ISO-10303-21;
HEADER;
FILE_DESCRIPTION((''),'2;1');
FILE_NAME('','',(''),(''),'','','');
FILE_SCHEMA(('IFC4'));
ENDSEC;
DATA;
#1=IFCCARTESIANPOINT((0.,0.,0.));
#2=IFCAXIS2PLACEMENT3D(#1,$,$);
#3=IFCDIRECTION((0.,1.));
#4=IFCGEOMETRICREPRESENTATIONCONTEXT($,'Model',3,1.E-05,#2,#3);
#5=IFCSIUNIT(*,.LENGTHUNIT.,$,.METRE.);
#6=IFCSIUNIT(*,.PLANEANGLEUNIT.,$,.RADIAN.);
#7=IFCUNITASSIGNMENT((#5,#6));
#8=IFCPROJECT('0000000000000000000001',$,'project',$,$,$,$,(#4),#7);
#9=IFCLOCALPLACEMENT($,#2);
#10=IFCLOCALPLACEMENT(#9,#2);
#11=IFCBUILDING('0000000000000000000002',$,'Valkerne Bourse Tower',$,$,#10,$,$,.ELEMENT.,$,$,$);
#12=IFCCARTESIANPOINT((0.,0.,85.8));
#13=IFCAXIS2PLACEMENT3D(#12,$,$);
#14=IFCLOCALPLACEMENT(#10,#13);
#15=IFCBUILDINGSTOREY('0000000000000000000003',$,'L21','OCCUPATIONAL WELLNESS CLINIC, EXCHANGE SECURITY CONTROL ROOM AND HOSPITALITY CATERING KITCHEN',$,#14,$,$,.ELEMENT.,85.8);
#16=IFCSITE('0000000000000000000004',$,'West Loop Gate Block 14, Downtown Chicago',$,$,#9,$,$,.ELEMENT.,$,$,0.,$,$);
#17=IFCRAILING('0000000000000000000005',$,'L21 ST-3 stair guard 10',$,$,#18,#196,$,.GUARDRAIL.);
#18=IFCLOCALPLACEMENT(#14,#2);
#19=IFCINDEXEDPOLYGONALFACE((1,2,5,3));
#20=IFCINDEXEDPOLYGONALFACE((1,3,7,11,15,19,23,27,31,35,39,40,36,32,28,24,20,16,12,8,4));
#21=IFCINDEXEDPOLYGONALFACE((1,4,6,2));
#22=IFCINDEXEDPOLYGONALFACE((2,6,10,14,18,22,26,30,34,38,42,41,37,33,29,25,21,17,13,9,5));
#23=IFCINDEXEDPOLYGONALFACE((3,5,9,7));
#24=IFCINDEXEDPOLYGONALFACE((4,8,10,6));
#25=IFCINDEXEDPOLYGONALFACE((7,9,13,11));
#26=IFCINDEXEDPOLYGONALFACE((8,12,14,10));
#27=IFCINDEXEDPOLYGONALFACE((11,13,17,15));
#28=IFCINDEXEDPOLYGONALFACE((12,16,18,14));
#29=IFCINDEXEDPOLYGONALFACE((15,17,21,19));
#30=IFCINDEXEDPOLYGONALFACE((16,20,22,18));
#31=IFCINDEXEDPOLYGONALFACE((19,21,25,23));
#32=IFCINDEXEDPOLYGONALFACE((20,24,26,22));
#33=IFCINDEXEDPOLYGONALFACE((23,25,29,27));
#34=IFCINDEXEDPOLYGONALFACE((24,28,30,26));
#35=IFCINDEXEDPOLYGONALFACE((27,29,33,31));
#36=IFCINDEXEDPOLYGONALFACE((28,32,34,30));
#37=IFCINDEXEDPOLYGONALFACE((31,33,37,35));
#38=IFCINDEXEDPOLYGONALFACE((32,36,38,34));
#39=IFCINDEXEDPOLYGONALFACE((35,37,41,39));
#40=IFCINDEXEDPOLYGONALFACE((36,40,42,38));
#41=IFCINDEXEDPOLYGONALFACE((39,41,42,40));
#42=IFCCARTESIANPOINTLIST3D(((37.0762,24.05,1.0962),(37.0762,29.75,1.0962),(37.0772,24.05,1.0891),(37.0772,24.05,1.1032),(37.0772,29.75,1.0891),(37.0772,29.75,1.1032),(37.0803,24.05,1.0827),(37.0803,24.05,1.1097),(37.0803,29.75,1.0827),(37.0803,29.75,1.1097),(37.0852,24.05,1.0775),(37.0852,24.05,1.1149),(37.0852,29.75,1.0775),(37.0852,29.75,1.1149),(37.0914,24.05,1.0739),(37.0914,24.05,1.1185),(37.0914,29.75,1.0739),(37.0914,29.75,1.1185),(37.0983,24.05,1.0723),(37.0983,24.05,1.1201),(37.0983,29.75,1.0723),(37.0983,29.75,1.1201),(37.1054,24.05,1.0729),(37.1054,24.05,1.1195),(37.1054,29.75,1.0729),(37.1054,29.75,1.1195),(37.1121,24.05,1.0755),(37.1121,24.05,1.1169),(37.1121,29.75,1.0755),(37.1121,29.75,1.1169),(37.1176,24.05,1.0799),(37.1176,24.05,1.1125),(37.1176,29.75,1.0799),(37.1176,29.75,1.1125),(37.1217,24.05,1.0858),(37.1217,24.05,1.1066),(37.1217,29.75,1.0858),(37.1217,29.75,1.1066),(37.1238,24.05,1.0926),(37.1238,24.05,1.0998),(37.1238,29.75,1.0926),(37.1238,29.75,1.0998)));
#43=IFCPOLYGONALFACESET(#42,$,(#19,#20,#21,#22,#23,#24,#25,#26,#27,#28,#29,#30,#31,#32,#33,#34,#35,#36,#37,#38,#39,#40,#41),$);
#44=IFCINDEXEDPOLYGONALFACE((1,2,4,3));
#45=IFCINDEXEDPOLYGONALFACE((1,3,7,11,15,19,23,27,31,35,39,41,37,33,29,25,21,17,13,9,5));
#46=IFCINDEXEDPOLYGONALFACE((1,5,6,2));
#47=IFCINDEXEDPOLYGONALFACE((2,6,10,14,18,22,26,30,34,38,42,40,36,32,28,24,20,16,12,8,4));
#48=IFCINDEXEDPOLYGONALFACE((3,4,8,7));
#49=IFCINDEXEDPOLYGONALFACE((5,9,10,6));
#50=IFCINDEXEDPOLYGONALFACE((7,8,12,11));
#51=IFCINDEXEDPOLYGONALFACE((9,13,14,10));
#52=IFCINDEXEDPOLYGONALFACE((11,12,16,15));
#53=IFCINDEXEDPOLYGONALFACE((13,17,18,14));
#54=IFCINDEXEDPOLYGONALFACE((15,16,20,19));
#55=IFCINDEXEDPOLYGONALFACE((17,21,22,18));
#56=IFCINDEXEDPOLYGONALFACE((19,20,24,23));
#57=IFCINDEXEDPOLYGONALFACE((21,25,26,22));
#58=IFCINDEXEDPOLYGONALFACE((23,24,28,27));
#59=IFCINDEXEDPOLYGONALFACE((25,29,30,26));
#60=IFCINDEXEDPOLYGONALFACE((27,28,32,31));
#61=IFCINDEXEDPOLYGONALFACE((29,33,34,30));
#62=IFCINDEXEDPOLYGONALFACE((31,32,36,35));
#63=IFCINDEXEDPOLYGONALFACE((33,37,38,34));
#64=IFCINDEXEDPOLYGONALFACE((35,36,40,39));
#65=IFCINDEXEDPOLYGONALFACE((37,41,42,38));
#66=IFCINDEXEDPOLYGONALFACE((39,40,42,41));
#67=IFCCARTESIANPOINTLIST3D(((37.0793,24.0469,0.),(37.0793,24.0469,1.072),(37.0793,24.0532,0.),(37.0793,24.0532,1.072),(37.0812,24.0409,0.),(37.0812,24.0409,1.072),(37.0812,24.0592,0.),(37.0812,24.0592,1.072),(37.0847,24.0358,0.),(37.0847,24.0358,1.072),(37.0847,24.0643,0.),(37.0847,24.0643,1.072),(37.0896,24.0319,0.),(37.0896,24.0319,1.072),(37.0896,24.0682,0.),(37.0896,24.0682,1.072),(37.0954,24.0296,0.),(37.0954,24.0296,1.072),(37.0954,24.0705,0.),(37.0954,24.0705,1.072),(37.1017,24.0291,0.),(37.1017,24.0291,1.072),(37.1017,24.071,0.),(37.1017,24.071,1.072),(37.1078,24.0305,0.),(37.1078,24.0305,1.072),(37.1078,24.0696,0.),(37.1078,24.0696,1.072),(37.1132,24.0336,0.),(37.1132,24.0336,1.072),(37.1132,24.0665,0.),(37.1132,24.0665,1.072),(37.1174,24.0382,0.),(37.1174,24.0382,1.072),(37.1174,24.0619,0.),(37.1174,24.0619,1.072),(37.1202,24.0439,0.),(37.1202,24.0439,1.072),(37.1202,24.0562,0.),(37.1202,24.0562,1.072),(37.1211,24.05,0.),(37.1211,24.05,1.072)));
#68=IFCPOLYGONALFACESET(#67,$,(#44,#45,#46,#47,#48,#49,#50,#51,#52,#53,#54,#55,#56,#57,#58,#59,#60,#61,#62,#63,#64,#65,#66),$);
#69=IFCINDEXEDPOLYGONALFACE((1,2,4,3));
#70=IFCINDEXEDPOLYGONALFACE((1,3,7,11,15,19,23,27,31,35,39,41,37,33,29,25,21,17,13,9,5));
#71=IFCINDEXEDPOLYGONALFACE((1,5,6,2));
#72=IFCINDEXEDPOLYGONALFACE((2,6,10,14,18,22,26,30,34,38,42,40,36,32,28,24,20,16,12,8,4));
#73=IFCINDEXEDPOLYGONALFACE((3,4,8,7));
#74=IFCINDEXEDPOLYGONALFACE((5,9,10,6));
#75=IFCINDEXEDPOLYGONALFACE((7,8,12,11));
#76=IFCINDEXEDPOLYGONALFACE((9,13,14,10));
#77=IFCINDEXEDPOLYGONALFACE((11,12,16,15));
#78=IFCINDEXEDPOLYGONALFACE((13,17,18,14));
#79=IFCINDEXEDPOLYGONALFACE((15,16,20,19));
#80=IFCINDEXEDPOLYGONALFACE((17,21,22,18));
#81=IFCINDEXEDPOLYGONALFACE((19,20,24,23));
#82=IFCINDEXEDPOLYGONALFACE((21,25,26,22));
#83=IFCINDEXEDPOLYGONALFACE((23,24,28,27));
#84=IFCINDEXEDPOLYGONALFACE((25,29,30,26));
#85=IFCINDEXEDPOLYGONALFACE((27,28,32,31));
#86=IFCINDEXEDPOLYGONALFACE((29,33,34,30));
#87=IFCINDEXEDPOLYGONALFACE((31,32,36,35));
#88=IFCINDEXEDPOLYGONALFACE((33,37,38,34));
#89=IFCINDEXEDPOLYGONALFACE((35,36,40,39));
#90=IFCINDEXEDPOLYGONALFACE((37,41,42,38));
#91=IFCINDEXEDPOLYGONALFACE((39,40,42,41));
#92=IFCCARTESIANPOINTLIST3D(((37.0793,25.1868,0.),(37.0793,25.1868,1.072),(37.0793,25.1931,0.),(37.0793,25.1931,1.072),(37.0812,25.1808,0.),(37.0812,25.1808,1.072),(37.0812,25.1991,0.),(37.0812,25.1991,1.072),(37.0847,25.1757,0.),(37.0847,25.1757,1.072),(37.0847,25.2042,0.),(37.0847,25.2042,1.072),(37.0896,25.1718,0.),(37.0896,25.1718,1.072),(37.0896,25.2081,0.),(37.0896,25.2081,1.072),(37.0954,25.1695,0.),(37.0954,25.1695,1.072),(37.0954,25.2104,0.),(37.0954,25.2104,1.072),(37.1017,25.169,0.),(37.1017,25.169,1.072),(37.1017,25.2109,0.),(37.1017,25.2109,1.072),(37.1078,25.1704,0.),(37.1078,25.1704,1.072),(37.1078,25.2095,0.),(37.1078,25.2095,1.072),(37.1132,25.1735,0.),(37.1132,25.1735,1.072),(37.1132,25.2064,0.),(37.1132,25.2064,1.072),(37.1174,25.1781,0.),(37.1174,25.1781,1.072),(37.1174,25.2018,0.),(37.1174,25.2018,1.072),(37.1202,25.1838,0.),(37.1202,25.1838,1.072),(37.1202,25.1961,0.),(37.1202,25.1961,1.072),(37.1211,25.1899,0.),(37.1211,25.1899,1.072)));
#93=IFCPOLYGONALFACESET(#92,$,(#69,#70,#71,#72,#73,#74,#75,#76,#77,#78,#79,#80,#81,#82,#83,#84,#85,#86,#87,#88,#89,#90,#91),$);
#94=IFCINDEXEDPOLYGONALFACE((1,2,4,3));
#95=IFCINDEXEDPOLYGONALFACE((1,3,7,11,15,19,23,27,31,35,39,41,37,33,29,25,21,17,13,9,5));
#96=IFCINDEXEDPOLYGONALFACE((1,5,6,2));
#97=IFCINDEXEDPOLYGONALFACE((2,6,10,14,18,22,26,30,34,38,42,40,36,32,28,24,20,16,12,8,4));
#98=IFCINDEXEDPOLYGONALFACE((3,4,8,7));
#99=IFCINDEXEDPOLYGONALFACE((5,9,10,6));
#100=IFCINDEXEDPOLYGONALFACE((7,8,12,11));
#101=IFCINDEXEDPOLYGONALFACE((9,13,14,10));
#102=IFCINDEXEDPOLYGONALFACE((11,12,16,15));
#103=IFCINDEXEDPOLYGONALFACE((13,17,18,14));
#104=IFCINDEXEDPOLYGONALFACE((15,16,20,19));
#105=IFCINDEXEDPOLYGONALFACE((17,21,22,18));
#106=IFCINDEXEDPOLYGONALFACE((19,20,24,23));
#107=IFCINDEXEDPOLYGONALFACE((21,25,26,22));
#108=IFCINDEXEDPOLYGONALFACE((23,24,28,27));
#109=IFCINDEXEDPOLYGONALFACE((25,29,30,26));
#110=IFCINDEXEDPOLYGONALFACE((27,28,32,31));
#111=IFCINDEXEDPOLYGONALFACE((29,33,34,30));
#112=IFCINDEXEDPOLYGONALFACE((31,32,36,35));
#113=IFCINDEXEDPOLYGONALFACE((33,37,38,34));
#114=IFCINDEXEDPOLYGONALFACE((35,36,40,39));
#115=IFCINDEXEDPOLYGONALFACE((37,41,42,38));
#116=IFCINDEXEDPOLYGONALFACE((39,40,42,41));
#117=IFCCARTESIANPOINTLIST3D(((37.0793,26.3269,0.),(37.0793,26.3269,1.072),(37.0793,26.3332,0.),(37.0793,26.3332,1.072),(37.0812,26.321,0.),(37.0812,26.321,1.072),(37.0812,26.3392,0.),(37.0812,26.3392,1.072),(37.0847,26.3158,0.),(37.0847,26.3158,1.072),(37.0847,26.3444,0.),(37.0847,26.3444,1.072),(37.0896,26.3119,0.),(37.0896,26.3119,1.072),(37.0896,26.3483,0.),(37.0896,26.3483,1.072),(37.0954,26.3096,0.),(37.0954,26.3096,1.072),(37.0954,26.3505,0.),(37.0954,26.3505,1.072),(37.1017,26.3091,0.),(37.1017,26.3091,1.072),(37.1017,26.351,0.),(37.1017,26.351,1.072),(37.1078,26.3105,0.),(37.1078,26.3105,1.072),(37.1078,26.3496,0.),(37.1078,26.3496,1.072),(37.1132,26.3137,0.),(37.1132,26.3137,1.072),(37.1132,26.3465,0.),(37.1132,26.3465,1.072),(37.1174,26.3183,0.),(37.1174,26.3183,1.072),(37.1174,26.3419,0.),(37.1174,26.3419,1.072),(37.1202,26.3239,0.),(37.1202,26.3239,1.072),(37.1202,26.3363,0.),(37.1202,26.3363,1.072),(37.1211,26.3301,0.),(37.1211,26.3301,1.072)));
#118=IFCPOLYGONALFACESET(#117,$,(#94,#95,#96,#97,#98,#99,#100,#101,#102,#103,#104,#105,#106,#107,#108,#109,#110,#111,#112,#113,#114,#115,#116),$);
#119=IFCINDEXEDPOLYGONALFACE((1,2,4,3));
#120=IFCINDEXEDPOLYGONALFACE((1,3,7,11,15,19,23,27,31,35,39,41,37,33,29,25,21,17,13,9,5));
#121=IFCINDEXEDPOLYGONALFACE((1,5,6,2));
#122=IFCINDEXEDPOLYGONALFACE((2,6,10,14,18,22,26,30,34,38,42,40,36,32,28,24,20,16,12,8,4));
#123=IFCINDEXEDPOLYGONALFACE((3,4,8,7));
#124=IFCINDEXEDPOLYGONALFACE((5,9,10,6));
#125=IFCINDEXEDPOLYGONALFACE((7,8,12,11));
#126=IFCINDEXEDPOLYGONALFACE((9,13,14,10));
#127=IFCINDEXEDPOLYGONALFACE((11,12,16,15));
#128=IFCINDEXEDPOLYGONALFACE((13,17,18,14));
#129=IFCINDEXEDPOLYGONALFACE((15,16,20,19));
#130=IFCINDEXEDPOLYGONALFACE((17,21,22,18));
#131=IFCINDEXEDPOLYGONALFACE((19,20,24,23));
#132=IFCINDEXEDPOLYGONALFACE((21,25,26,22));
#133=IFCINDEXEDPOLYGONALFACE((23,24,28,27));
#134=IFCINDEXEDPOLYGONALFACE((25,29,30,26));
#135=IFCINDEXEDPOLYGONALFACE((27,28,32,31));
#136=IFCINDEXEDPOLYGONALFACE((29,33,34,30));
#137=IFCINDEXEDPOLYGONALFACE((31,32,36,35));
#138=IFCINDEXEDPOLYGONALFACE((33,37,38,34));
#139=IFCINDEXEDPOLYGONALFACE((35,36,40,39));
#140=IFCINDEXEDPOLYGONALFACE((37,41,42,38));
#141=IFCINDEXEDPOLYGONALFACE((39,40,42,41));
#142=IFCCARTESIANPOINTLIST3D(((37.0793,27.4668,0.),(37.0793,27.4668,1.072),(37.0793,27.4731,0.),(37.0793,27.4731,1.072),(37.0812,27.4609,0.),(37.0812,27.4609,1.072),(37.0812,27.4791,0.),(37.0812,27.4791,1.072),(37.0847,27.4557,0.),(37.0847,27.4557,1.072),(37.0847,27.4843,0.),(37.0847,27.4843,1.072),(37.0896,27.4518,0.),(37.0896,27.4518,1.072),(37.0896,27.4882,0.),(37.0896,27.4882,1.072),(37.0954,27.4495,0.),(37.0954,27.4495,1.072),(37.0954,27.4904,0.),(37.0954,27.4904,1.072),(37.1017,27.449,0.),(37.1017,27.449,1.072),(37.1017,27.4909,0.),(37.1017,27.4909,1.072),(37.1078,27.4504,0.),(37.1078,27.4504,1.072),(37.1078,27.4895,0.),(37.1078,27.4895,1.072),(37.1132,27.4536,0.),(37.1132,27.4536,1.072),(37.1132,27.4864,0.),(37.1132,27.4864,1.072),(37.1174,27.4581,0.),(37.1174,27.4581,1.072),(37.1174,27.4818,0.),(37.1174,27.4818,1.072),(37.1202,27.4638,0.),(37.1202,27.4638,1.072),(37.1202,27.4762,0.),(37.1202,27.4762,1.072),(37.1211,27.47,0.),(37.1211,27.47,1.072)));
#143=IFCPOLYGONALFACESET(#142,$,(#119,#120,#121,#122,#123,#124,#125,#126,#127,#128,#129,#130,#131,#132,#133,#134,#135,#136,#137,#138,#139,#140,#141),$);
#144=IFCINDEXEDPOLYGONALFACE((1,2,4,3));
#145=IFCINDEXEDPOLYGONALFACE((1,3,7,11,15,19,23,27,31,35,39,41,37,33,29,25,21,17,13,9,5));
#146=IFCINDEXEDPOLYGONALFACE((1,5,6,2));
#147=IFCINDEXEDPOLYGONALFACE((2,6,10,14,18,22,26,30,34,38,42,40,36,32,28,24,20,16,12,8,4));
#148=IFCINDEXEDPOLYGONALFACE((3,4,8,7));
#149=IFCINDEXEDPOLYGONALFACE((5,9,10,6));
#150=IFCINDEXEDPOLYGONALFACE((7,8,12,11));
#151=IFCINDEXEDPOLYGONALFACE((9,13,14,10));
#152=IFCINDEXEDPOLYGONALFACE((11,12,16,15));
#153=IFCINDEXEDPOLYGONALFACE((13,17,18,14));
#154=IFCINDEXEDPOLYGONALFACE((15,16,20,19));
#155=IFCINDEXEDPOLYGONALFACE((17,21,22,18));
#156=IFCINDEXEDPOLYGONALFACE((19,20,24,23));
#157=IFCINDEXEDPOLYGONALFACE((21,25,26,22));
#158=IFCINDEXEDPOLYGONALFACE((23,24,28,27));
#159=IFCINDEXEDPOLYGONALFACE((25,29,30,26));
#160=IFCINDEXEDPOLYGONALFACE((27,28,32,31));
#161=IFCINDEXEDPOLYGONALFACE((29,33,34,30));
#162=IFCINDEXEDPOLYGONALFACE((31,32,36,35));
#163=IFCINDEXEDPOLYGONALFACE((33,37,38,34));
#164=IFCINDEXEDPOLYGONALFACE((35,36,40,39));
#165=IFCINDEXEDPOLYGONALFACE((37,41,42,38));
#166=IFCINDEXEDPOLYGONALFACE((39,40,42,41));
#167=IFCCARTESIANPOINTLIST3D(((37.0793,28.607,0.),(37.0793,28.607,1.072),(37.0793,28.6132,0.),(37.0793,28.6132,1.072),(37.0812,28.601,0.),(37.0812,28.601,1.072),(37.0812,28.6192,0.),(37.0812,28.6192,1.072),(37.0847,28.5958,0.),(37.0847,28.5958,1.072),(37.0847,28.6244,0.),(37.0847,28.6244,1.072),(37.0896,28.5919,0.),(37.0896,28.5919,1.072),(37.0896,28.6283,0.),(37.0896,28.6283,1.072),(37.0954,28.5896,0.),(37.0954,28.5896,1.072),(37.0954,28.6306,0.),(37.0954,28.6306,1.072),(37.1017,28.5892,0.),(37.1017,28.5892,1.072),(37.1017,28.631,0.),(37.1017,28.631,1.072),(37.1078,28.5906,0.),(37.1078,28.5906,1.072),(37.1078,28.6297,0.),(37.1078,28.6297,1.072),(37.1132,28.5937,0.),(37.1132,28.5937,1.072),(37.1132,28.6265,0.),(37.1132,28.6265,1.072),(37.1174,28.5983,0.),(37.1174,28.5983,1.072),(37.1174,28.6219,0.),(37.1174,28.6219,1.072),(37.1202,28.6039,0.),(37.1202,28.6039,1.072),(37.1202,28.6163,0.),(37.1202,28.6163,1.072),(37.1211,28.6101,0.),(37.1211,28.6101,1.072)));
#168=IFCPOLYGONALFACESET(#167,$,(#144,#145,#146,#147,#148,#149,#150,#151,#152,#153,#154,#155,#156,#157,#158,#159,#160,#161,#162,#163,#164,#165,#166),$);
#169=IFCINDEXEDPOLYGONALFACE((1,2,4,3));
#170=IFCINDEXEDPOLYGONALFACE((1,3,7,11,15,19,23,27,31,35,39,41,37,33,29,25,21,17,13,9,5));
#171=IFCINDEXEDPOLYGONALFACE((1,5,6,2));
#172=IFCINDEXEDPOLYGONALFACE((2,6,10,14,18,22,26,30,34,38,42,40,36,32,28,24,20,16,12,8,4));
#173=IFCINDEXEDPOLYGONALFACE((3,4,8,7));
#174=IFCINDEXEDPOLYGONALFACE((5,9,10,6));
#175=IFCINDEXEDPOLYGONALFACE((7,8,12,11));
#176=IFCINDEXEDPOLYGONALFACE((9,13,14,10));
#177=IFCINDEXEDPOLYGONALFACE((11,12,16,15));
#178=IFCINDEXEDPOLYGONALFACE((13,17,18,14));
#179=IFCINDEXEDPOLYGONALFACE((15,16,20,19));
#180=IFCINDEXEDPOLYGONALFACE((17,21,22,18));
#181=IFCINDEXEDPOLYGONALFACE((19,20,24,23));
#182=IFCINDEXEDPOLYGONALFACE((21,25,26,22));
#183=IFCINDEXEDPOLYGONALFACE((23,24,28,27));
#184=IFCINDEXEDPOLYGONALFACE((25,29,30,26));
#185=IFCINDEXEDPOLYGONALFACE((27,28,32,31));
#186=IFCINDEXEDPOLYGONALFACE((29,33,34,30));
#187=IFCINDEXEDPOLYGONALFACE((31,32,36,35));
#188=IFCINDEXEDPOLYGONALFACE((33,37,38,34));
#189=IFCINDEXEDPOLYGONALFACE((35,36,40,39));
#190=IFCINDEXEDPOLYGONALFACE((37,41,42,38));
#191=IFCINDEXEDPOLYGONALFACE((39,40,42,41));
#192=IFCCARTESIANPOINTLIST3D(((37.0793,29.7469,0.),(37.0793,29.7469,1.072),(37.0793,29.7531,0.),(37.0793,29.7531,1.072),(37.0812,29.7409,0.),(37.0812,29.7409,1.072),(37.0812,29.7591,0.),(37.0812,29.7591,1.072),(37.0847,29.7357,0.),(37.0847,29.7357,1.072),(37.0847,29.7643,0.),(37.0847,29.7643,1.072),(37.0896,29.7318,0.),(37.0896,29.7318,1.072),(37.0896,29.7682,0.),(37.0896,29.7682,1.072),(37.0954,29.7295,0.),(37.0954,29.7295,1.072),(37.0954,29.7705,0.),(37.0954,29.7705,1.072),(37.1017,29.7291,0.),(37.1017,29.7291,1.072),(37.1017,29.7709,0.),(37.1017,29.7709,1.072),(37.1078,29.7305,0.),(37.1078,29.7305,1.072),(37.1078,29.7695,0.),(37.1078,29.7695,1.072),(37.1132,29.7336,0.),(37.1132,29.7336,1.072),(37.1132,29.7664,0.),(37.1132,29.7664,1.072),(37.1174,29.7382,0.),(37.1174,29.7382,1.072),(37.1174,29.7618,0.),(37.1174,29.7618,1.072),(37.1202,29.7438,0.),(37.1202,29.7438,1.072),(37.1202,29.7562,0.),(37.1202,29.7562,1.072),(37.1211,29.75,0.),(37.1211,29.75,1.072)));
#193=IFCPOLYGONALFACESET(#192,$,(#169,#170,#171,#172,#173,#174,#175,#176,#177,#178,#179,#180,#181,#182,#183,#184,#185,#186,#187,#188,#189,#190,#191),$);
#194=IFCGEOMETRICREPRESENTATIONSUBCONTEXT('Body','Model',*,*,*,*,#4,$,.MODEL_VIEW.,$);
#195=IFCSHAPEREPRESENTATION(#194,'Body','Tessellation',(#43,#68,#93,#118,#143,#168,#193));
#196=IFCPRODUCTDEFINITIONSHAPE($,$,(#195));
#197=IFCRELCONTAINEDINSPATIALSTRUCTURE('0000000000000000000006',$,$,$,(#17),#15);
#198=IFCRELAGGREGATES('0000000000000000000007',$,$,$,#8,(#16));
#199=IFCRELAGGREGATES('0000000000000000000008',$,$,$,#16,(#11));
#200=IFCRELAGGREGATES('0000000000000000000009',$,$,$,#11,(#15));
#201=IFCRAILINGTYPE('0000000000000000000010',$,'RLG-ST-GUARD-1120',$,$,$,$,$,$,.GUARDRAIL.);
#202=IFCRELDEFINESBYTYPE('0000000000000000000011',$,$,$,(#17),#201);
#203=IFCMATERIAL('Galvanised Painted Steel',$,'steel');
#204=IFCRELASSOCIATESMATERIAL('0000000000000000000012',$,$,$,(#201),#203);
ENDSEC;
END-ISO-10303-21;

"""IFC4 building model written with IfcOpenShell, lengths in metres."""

from ifc_helpers import new_model, si_unit, direction, frame, origin, origin_2d, place, context, subcontext, project, spatial, circle, extrude, material, type_object, element, save


model = new_model("IFC4")

# Units and contexts
model_context = context("Model", 3, precision=1e-05, world=origin(), true_north=direction((0.0, 1.0)))
body_context = subcontext(model_context, "Body", "Model", "MODEL_VIEW")
ifc_project = project(units=[si_unit("LENGTHUNIT", "METRE"), si_unit("PLANEANGLEUNIT", "RADIAN")], contexts=[model_context])

# Site, building, storey
site_placement = place(None, origin())
site = spatial("IfcSite", under=ifc_project, at=site_placement, Name="West Loop Gate Block 14, Downtown Chicago", CompositionType="ELEMENT", RefElevation=0.0)
building_placement = place(site_placement, origin())
building = spatial("IfcBuilding", under=site, at=building_placement, Name="Valkerne Bourse Tower", CompositionType="ELEMENT")
storey_placement = place(building_placement, frame((0.0, 0.0, 85.8)))
storey = spatial("IfcBuildingStorey", under=building, at=storey_placement, Name="L21", Description="OCCUPATIONAL WELLNESS CLINIC, EXCHANGE SECURITY CONTROL ROOM AND HOSPITALITY CATERING KITCHEN", CompositionType="ELEMENT", Elevation=85.8)

# Shared definitions
ifc_material_1 = material(Name="Galvanised Painted Steel", Category="steel")

# Railing
railing_type_1 = type_object("IfcRailingType", Name="RLG-ST-GUARD-1120", PredefinedType="GUARDRAIL", material=ifc_material_1)
for number, where, name in (
    (1, (37.1001, 24.05, 0.0), "L21 ST-3 stair guard 10"),
):
    element("IfcRailing", number, at=place(storey_placement, frame(where)), inside=storey, type_object=railing_type_1, Name=name, PredefinedType="GUARDRAIL", context=body_context, shape_type="SweptSolid", body=[
        extrude(circle(Radius=0.0239, at=origin_2d()), frame((0.0, 0.0, 1.0962), z_axis=(0.0, 1.0, 0.0), x_axis=(-1.0, 0.0, 0.0)), (0.0, 0.0, 1.0), 5.7),
        extrude(circle(Radius=0.021, at=origin_2d()), origin(), (0.0, 0.0, 1.0), 1.072),
        extrude(circle(Radius=0.021, at=origin_2d()), frame((0.0, 1.1399, 0.0)), (0.0, 0.0, 1.0), 1.072),
        extrude(circle(Radius=0.021, at=origin_2d()), frame((0.0, 2.28, 0.0)), (0.0, 0.0, 1.0), 1.072),
        extrude(circle(Radius=0.021, at=origin_2d()), frame((0.0, 3.4199, 0.0)), (0.0, 0.0, 1.0), 1.072),
        extrude(circle(Radius=0.021, at=origin_2d()), frame((0.0, 4.5601, 0.0)), (0.0, 0.0, 1.0), 1.072),
        extrude(circle(Radius=0.021, at=origin_2d()), frame((0.0, 5.7, 0.0)), (0.0, 0.0, 1.0), 1.072),
    ])

save(model, "model.ifc")
